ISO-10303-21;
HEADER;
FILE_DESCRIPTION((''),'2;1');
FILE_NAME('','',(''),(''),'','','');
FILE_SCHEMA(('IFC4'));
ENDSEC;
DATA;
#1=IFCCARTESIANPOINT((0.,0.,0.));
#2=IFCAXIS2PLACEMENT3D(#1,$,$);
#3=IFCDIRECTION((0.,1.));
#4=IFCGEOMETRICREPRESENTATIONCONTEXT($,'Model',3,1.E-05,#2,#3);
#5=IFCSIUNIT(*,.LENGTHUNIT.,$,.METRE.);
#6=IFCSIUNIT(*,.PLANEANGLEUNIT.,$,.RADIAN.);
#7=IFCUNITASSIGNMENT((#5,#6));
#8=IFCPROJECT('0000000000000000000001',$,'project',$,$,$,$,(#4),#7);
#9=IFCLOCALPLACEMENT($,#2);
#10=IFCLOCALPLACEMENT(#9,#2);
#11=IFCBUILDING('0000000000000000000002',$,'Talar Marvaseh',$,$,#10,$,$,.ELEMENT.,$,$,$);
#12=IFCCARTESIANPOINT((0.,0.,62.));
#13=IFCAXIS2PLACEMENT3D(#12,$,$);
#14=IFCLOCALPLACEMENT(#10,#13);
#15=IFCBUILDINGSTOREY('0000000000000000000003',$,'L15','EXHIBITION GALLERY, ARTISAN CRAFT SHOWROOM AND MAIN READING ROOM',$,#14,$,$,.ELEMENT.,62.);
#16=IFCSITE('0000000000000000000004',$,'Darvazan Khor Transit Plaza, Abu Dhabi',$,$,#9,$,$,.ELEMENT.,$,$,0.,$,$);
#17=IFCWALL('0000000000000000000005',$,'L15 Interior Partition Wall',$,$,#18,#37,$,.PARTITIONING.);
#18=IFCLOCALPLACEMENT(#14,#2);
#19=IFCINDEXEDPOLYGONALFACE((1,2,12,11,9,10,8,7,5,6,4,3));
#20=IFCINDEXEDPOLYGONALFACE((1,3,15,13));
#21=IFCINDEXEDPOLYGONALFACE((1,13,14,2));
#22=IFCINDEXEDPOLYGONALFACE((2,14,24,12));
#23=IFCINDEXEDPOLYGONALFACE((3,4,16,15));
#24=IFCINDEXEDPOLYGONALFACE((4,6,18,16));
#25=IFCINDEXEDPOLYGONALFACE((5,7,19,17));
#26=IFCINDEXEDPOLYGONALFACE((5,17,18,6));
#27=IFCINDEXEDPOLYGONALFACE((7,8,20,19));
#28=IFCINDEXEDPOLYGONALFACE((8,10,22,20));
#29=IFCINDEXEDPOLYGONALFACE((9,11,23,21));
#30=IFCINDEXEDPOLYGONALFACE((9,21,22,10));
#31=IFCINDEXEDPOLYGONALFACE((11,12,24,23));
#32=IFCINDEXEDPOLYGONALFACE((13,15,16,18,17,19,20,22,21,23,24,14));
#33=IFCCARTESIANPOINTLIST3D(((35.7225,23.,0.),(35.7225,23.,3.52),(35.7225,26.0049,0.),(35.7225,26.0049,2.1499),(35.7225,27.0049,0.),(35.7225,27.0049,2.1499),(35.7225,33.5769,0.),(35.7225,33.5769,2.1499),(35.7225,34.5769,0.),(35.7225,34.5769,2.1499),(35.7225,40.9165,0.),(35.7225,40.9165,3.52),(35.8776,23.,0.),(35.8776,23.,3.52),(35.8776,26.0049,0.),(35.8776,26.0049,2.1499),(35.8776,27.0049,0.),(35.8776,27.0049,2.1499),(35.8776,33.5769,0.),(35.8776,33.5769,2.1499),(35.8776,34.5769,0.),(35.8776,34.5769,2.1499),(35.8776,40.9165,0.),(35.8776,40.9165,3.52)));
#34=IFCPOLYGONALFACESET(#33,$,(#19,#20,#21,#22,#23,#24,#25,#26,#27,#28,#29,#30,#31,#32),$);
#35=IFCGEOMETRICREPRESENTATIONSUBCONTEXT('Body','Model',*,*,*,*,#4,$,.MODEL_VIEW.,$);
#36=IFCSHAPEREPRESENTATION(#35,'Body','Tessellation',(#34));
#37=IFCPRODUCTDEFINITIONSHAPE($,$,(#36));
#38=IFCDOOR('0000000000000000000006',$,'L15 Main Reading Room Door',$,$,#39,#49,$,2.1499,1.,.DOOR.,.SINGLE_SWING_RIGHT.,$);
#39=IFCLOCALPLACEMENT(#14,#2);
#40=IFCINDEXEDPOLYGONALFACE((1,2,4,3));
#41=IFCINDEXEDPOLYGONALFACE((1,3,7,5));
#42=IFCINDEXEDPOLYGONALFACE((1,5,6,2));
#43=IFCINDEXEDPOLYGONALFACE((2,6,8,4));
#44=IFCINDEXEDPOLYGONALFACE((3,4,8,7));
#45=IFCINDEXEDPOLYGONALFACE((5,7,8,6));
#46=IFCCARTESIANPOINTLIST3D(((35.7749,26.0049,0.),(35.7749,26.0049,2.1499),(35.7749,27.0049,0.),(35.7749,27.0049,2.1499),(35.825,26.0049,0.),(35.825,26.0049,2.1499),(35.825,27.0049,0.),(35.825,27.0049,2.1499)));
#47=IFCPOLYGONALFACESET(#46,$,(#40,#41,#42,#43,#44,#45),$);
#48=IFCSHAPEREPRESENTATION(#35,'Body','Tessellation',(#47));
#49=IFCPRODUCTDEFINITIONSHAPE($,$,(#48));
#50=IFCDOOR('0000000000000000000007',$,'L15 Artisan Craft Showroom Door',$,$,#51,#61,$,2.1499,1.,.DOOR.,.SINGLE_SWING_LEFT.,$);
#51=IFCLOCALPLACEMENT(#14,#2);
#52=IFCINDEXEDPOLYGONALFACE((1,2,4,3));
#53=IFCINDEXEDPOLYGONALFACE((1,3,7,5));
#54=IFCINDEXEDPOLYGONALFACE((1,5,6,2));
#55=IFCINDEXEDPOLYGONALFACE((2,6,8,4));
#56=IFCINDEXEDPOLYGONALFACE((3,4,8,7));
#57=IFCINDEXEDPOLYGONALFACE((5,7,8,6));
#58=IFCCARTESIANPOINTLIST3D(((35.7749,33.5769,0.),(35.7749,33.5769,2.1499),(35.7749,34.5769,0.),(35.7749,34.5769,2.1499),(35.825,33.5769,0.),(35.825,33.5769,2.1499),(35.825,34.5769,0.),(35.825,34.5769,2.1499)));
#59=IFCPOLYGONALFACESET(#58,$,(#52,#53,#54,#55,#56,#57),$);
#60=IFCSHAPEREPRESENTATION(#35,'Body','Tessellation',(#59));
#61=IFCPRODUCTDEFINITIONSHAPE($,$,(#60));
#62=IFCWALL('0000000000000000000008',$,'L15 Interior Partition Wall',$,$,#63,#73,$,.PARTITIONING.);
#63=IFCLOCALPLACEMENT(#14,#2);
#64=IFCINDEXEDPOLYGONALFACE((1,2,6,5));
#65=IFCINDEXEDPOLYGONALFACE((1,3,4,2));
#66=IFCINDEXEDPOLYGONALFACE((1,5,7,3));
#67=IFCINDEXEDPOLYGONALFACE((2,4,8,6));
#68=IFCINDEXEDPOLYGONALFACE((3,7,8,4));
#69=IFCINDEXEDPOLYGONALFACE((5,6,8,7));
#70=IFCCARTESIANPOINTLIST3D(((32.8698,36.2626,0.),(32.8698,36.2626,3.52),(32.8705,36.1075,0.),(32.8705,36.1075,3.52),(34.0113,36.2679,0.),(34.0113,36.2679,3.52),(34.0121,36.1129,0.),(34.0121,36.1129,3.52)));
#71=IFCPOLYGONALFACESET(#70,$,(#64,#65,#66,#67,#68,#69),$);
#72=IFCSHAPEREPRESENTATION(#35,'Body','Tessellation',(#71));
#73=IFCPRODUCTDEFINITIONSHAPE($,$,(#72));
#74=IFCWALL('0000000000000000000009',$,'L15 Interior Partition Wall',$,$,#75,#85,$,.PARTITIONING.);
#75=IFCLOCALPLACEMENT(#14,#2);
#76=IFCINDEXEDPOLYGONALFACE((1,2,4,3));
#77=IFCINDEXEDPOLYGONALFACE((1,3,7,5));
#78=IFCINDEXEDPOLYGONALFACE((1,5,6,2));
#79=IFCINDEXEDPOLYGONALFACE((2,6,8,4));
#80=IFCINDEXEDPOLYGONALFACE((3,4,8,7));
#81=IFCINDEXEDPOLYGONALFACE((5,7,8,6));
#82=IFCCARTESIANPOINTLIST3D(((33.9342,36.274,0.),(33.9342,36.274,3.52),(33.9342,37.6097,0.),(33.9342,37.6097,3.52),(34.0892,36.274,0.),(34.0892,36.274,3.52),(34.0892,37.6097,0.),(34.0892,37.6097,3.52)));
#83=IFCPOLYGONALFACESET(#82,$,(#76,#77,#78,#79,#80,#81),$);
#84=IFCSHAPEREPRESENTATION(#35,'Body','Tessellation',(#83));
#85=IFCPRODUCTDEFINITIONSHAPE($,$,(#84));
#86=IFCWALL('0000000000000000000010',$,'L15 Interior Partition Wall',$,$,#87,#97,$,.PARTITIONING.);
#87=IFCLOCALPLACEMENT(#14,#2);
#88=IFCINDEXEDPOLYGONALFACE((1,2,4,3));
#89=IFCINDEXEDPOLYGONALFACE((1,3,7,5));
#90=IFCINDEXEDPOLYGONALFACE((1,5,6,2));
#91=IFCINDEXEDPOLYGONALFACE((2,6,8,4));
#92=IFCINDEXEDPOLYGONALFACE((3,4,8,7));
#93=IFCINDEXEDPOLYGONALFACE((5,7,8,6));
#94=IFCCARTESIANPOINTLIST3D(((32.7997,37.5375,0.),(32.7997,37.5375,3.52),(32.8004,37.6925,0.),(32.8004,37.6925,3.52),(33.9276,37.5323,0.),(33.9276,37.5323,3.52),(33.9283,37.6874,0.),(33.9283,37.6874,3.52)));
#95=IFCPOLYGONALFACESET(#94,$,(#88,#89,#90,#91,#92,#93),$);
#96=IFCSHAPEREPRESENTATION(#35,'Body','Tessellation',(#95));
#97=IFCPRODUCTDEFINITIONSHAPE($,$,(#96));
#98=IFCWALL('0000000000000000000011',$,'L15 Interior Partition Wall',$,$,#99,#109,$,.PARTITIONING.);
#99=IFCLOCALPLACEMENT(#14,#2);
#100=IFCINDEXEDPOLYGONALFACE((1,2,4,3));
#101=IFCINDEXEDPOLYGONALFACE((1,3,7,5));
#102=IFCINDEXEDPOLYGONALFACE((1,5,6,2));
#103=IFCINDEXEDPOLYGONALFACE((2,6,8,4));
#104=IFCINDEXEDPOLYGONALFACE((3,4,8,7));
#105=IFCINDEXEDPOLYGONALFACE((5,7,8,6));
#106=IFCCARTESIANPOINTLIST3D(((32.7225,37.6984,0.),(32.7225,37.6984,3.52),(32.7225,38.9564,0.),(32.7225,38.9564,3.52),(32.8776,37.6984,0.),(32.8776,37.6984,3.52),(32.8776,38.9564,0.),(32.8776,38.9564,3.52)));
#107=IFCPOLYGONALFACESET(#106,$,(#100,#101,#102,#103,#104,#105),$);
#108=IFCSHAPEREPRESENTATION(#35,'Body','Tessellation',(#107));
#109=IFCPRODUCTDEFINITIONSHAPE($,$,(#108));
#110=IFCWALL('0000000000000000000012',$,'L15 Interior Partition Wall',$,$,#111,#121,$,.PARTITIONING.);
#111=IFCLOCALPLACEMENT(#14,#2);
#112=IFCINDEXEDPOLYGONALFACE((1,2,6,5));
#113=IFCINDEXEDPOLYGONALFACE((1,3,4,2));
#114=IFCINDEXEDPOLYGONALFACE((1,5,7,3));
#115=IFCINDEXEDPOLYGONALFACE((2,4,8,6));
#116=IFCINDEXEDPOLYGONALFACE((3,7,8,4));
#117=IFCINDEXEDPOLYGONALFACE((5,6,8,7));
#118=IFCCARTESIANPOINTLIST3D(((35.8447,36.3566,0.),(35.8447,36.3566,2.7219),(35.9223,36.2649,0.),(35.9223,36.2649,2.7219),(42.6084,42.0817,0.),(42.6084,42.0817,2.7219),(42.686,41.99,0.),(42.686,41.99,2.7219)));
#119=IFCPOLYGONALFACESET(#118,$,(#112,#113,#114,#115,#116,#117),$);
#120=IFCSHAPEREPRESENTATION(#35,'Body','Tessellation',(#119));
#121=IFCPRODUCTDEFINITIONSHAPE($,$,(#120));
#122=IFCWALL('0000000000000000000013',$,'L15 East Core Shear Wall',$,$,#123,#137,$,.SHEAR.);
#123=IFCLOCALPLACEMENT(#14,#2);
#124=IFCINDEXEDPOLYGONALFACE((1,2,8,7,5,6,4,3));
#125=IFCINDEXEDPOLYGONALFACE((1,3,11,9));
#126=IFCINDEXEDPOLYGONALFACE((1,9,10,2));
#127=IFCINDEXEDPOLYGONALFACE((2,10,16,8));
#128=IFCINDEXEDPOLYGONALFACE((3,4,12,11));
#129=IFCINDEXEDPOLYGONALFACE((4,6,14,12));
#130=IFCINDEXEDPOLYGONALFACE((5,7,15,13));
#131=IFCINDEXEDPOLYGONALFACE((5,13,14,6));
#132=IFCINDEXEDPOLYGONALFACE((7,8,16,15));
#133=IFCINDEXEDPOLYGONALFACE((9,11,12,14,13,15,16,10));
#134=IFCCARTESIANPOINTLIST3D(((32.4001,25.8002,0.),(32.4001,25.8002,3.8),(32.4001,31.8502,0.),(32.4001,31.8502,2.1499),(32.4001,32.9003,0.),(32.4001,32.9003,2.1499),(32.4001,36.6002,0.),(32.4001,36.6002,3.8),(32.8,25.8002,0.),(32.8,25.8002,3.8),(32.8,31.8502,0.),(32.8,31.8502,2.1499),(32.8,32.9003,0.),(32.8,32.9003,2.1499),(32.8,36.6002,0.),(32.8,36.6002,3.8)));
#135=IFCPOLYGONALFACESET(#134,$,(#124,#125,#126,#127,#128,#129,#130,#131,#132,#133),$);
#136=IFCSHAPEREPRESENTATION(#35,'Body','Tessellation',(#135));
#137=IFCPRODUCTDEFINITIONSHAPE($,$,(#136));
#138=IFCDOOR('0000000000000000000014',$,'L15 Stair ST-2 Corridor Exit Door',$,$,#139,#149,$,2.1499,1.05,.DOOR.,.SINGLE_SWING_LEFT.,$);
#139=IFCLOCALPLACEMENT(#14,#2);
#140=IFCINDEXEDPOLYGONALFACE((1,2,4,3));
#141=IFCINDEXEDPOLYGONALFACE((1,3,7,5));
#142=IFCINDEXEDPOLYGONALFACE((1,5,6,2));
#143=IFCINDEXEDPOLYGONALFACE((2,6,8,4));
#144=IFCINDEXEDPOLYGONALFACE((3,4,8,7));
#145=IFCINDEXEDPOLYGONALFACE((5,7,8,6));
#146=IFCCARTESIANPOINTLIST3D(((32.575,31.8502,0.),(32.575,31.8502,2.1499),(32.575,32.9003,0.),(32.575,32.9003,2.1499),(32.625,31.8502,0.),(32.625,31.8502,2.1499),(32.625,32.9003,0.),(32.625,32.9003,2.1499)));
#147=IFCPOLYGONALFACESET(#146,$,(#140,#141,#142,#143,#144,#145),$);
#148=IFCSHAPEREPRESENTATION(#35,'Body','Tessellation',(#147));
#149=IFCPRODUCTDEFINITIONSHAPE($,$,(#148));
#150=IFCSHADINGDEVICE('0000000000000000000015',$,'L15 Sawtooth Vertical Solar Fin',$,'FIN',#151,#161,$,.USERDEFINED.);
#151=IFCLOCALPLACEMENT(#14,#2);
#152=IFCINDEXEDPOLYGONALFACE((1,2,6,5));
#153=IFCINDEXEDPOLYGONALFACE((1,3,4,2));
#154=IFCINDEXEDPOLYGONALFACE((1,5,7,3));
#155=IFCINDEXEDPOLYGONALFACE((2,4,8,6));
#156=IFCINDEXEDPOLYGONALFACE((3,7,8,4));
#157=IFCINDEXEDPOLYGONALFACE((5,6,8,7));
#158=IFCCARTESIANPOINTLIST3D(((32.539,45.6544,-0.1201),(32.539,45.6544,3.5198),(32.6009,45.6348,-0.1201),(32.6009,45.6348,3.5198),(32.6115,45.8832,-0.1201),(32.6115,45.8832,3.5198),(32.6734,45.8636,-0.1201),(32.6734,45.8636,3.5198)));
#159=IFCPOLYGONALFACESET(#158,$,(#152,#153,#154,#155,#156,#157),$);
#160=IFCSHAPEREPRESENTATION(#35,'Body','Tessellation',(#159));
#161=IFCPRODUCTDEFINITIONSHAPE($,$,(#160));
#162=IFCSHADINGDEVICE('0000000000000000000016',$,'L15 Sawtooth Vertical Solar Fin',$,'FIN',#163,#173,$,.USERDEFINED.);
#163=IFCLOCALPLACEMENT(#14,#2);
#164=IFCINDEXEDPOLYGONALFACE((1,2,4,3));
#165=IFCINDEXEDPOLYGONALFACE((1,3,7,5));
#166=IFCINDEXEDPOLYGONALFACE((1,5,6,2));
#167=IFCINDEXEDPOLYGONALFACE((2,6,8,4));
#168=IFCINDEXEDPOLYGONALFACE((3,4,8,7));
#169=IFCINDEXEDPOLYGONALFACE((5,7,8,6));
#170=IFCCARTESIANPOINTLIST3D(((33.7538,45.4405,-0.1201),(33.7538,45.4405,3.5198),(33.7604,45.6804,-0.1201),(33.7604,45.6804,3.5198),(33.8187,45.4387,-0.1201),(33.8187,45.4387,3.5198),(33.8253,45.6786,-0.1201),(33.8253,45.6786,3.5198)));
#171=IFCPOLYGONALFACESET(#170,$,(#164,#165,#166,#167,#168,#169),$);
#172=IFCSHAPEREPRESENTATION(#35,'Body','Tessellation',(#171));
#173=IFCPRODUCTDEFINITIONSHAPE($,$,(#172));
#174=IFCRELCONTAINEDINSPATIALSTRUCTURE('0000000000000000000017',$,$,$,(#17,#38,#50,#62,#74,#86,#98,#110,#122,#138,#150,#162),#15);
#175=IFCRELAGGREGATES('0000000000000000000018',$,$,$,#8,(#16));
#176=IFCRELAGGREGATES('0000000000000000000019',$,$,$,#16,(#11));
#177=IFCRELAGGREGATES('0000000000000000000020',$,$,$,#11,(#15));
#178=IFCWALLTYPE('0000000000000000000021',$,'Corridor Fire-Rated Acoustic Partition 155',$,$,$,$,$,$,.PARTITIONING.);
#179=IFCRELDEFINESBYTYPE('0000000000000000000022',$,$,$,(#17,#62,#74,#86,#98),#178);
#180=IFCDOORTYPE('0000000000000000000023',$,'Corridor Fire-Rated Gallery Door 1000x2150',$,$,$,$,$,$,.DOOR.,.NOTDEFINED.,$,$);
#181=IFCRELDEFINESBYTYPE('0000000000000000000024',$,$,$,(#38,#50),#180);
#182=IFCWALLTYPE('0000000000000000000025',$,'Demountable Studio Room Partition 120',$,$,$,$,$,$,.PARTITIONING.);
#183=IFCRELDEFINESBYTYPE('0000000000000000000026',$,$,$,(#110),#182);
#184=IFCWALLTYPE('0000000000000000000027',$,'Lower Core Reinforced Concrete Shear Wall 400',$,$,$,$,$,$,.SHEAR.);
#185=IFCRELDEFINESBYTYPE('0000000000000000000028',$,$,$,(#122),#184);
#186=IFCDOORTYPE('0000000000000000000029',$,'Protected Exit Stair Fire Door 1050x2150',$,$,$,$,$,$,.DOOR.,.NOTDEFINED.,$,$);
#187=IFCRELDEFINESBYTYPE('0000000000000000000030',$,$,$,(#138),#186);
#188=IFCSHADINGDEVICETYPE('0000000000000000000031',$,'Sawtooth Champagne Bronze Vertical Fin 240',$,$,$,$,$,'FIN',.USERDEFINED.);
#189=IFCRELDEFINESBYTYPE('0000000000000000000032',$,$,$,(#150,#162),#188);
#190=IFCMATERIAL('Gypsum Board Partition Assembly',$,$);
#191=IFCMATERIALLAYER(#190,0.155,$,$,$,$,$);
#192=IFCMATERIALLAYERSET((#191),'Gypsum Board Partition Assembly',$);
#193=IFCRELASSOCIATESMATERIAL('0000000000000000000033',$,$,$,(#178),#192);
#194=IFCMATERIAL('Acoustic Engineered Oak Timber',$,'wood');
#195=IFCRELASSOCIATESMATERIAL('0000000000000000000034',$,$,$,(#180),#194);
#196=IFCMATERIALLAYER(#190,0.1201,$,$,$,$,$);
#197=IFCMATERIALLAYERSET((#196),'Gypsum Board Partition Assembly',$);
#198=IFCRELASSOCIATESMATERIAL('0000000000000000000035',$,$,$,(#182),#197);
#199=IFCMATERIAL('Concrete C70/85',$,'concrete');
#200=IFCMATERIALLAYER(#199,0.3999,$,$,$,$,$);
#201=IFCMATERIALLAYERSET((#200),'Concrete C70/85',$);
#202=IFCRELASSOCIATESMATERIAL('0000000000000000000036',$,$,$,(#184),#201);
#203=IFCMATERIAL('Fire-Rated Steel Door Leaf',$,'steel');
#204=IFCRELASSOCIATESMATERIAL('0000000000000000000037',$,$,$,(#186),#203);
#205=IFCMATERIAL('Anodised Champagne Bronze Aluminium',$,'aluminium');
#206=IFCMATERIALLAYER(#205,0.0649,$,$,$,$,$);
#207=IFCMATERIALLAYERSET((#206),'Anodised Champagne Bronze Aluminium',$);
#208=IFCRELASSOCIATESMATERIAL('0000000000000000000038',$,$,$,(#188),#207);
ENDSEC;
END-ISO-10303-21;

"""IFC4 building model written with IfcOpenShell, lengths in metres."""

from ifc_helpers import new_model, si_unit, direction, frame, frame_2d, origin, origin_2d, place, context, subcontext, project, spatial, rectangle, extrude, source, transform, mapped, material, layer, layer_set, type_object, type_shapes, element, fill, save


model = new_model("IFC4")

# Units and contexts
model_context = context("Model", 3, precision=1e-05, world=origin(), true_north=direction((0.0, 1.0)))
body_context = subcontext(model_context, "Body", "Model", "MODEL_VIEW")
ifc_project = project(units=[si_unit("LENGTHUNIT", "METRE"), si_unit("PLANEANGLEUNIT", "RADIAN")], contexts=[model_context])

# Site, building, storey
site_placement = place(None, origin())
site = spatial("IfcSite", under=ifc_project, at=site_placement, Name="Darvazan Khor Transit Plaza, Abu Dhabi", CompositionType="ELEMENT", RefElevation=0.0)
building_placement = place(site_placement, origin())
building = spatial("IfcBuilding", under=site, at=building_placement, Name="Talar Marvaseh", CompositionType="ELEMENT")
storey_placement = place(building_placement, frame((0.0, 0.0, 62.0)))
storey = spatial("IfcBuildingStorey", under=building, at=storey_placement, Name="L15", Description="EXHIBITION GALLERY, ARTISAN CRAFT SHOWROOM AND MAIN READING ROOM", CompositionType="ELEMENT", Elevation=62.0)

# Shared definitions
ifc_material_1 = material(Name="Concrete C70/85", Category="concrete")

# Wall, openings, doors
ifc_material_2 = material(Name="Gypsum Board Partition Assembly")
ifc_layer_1 = layer(ifc_material_2, 0.155)
ifc_layer_set_1 = layer_set([ifc_layer_1], Name="Gypsum Board Partition Assembly")
wall_type_1 = type_object("IfcWallType", Name="Corridor Fire-Rated Acoustic Partition 155", PredefinedType="PARTITIONING", material=ifc_layer_set_1)
ifc_material_3 = material(Name="Acoustic Engineered Oak Timber", Category="wood")
door_type_1 = type_object("IfcDoorType", Name="Corridor Fire-Rated Gallery Door 1000x2150", OperationType="NOTDEFINED", PredefinedType="DOOR", material=ifc_material_3)
shared_shape_1 = source(origin(), body_context, "Body", "SweptSolid", [
    extrude(rectangle(XDim=1.0, YDim=2.1499, at=frame_2d((0.5, 1.075))), frame((0.0, 0.0249, 0.0), z_axis=(0.0, -1.0, 0.0), x_axis=(1.0, 0.0, 0.0)), (0.0, 0.0, 1.0), 0.05),
])
type_shapes(door_type_1, [shared_shape_1])
wall_1_placement = place(storey_placement, frame((35.8, 40.9165, 0.0), z_axis=(0.0, 0.0, 1.0), x_axis=(0.0, -1.0, 0.0)))
wall_1 = element("IfcWall", 1, at=wall_1_placement, inside=storey, type_object=wall_type_1, Name="L15 Interior Partition Wall", PredefinedType="PARTITIONING", context=body_context, shape_type="SweptSolid", body=[
    extrude(rectangle(XDim=17.9165, YDim=0.155, at=frame_2d((8.9583, 0.0))), origin(), (0.0, 0.0, 1.0), 3.52),
])
opening_1_placement = place(wall_1_placement, frame((13.9116, 0.0, 0.0)))
opening_1 = element("IfcOpeningElement", 2, at=opening_1_placement, cuts=wall_1, PredefinedType="OPENING", context=body_context, shape_type="SweptSolid", body=[
    extrude(rectangle(XDim=1.0, YDim=2.1499, at=frame_2d((0.5, 1.075))), frame((0.0, 0.0874, 0.0), z_axis=(0.0, -1.0, 0.0), x_axis=(1.0, 0.0, 0.0)), (0.0, 0.0, 1.0), 0.175),
])
opening_2_placement = place(wall_1_placement, frame((6.3396, 0.0, 0.0)))
opening_2 = element("IfcOpeningElement", 3, at=opening_2_placement, cuts=wall_1, PredefinedType="OPENING", context=body_context, shape_type="SweptSolid", body=[
    extrude(rectangle(XDim=1.0, YDim=2.1499, at=frame_2d((0.5, 1.075))), frame((0.0, 0.0874, 0.0), z_axis=(0.0, -1.0, 0.0), x_axis=(1.0, 0.0, 0.0)), (0.0, 0.0, 1.0), 0.175),
])
door_1_placement = place(opening_1_placement, origin())
door_1 = element("IfcDoor", 4, at=door_1_placement, inside=storey, type_object=door_type_1, Name="L15 Main Reading Room Door", OperationType="SINGLE_SWING_RIGHT", OverallHeight=2.1499, OverallWidth=1.0, PredefinedType="DOOR", context=body_context, shape_type="MappedRepresentation", body=[
    mapped(shared_shape_1, transform((0.0, 0.0, 0.0), x_axis=(1.0, 0.0, 0.0), y_axis=(0.0, 1.0, 0.0), z_axis=(0.0, 0.0, 1.0), scale=1.0)),
])
fill(opening_1, door_1)
door_2_placement = place(opening_2_placement, origin())
door_2 = element("IfcDoor", 5, at=door_2_placement, inside=storey, type_object=door_type_1, Name="L15 Artisan Craft Showroom Door", OperationType="SINGLE_SWING_LEFT", OverallHeight=2.1499, OverallWidth=1.0, PredefinedType="DOOR", context=body_context, shape_type="MappedRepresentation", body=[
    mapped(shared_shape_1, transform((0.0, 0.0, 0.0), x_axis=(1.0, 0.0, 0.0), y_axis=(0.0, 1.0, 0.0), z_axis=(0.0, 0.0, 1.0), scale=1.0)),
])
fill(opening_2, door_2)

# Walls
wall_2_placement = place(storey_placement, frame((32.8701, 36.1851, 0.0), z_axis=(0.0, 0.0, 1.0), x_axis=(0.999989, 0.004705, 0.0)))
element("IfcWall", 6, at=wall_2_placement, inside=storey, type_object=wall_type_1, Name="L15 Interior Partition Wall", PredefinedType="PARTITIONING", context=body_context, shape_type="SweptSolid", body=[
    extrude(rectangle(XDim=1.1416, YDim=0.155, at=frame_2d((0.5708, 0.0))), origin(), (0.0, 0.0, 1.0), 3.52),
])
wall_3_placement = place(storey_placement, frame((34.0117, 36.2739, 0.0), z_axis=(0.0, 0.0, 1.0), x_axis=(0.0, 1.0, 0.0)))
element("IfcWall", 7, at=wall_3_placement, inside=storey, type_object=wall_type_1, Name="L15 Interior Partition Wall", PredefinedType="PARTITIONING", context=body_context, shape_type="SweptSolid", body=[
    extrude(rectangle(XDim=1.3357, YDim=0.155, at=frame_2d((0.668, 0.0))), origin(), (0.0, 0.0, 1.0), 3.52),
])
wall_4_placement = place(storey_placement, frame((33.928, 37.6099, 0.0), z_axis=(0.0, 0.0, 1.0), x_axis=(-0.99999, 0.004545, 0.0)))
element("IfcWall", 8, at=wall_4_placement, inside=storey, type_object=wall_type_1, Name="L15 Interior Partition Wall", PredefinedType="PARTITIONING", context=body_context, shape_type="SweptSolid", body=[
    extrude(rectangle(XDim=1.1279, YDim=0.155, at=frame_2d((0.564, 0.0))), origin(), (0.0, 0.0, 1.0), 3.52),
])
wall_5_placement = place(storey_placement, frame((32.8, 37.6985, 0.0), z_axis=(0.0, 0.0, 1.0), x_axis=(0.0, 1.0, 0.0)))
element("IfcWall", 9, at=wall_5_placement, inside=storey, type_object=wall_type_1, Name="L15 Interior Partition Wall", PredefinedType="PARTITIONING", context=body_context, shape_type="SweptSolid", body=[
    extrude(rectangle(XDim=1.2581, YDim=0.155, at=frame_2d((0.6289, 0.0))), origin(), (0.0, 0.0, 1.0), 3.52),
])
ifc_layer_2 = layer(ifc_material_2, 0.1201)
ifc_layer_set_2 = layer_set([ifc_layer_2], Name="Gypsum Board Partition Assembly")
wall_type_2 = type_object("IfcWallType", Name="Demountable Studio Room Partition 120", PredefinedType="PARTITIONING", material=ifc_layer_set_2)
wall_6_placement = place(storey_placement, frame((35.8835, 36.3108, 0.0), z_axis=(0.0, 0.0, 1.0), x_axis=(0.763275, 0.646073, 0.0)))
element("IfcWall", 10, at=wall_6_placement, inside=storey, type_object=wall_type_2, Name="L15 Interior Partition Wall", PredefinedType="PARTITIONING", context=body_context, shape_type="SweptSolid", body=[
    extrude(rectangle(XDim=8.8613, YDim=0.1201, at=frame_2d((4.4307, 0.0))), origin(), (0.0, 0.0, 1.0), 2.7219),
])

# Wall, opening, door
ifc_layer_3 = layer(ifc_material_1, 0.3999)
ifc_layer_set_3 = layer_set([ifc_layer_3], Name="Concrete C70/85")
wall_type_3 = type_object("IfcWallType", Name="Lower Core Reinforced Concrete Shear Wall 400", PredefinedType="SHEAR", material=ifc_layer_set_3)
wall_7_placement = place(storey_placement, frame((32.6001, 36.6001, 0.0), z_axis=(0.0, 0.0, 1.0), x_axis=(0.0, -1.0, 0.0)))
wall_7 = element("IfcWall", 11, at=wall_7_placement, inside=storey, type_object=wall_type_3, Name="L15 East Core Shear Wall", PredefinedType="SHEAR", context=body_context, shape_type="SweptSolid", body=[
    extrude(rectangle(XDim=10.8, YDim=0.3999, at=frame_2d((5.3999, 0.0))), origin(), (0.0, 0.0, 1.0), 3.8),
])
opening_3_placement = place(wall_7_placement, frame((3.7, 0.0, 0.0)))
opening_3 = element("IfcOpeningElement", 12, at=opening_3_placement, cuts=wall_7, PredefinedType="OPENING", context=body_context, shape_type="SweptSolid", body=[
    extrude(rectangle(XDim=1.05, YDim=2.1499, at=frame_2d((0.5249, 1.075))), frame((0.0, 0.21, 0.0), z_axis=(0.0, -1.0, 0.0), x_axis=(1.0, 0.0, 0.0)), (0.0, 0.0, 1.0), 0.4199),
])
ifc_material_4 = material(Name="Fire-Rated Steel Door Leaf", Category="steel")
door_type_2 = type_object("IfcDoorType", Name="Protected Exit Stair Fire Door 1050x2150", OperationType="NOTDEFINED", PredefinedType="DOOR", material=ifc_material_4)
shared_shape_2 = source(origin(), body_context, "Body", "SweptSolid", [
    extrude(rectangle(XDim=1.05, YDim=2.1499, at=frame_2d((0.5249, 1.075))), frame((0.0, 0.0249, 0.0), z_axis=(0.0, -1.0, 0.0), x_axis=(1.0, 0.0, 0.0)), (0.0, 0.0, 1.0), 0.05),
])
type_shapes(door_type_2, [shared_shape_2])
door_3_placement = place(opening_3_placement, origin())
door_3 = element("IfcDoor", 13, at=door_3_placement, inside=storey, type_object=door_type_2, Name="L15 Stair ST-2 Corridor Exit Door", OperationType="SINGLE_SWING_LEFT", OverallHeight=2.1499, OverallWidth=1.05, PredefinedType="DOOR", context=body_context, shape_type="MappedRepresentation", body=[
    mapped(shared_shape_2, transform((0.0, 0.0, 0.0), x_axis=(1.0, 0.0, 0.0), y_axis=(0.0, 1.0, 0.0), z_axis=(0.0, 0.0, 1.0), scale=1.0)),
])
fill(opening_3, door_3)

# Shading devices
ifc_material_5 = material(Name="Anodised Champagne Bronze Aluminium", Category="aluminium")
ifc_layer_4 = layer(ifc_material_5, 0.0649)
ifc_layer_set_4 = layer_set([ifc_layer_4], Name="Anodised Champagne Bronze Aluminium")
shading_device_type = type_object("IfcShadingDeviceType", Name="Sawtooth Champagne Bronze Vertical Fin 240", ElementType="FIN", PredefinedType="USERDEFINED", material=ifc_layer_set_4)
shared_shape_3 = source(origin(), body_context, "Body", "SweptSolid", [
    extrude(rectangle(XDim=0.24, YDim=0.0649, at=origin_2d()), origin(), (0.0, 0.0, 1.0), 3.6399),
])
type_shapes(shading_device_type, [shared_shape_3])
for number, where, z_axis, x_axis, name in (
    (14, (32.6062, 45.759, -0.1201), (0.0, 0.0, 1.0), (0.301871, 0.953349, 0.0), "L15 Sawtooth Vertical Solar Fin"),
    (15, (33.7896, 45.5596, -0.1201), (0.0, 0.0, 1.0), (0.027398, 0.999625, 0.0), "L15 Sawtooth Vertical Solar Fin"),
):
    element("IfcShadingDevice", number, at=place(storey_placement, frame(where, z_axis=z_axis, x_axis=x_axis)), inside=storey, type_object=shading_device_type, Name=name, ObjectType="FIN", PredefinedType="USERDEFINED", context=body_context, shape_type="MappedRepresentation", body=[
        mapped(shared_shape_3, transform((0.0, 0.0, 0.0), x_axis=(1.0, 0.0, 0.0), y_axis=(0.0, 1.0, 0.0), z_axis=(0.0, 0.0, 1.0), scale=1.0)),
    ])

save(model, "model.ifc")
